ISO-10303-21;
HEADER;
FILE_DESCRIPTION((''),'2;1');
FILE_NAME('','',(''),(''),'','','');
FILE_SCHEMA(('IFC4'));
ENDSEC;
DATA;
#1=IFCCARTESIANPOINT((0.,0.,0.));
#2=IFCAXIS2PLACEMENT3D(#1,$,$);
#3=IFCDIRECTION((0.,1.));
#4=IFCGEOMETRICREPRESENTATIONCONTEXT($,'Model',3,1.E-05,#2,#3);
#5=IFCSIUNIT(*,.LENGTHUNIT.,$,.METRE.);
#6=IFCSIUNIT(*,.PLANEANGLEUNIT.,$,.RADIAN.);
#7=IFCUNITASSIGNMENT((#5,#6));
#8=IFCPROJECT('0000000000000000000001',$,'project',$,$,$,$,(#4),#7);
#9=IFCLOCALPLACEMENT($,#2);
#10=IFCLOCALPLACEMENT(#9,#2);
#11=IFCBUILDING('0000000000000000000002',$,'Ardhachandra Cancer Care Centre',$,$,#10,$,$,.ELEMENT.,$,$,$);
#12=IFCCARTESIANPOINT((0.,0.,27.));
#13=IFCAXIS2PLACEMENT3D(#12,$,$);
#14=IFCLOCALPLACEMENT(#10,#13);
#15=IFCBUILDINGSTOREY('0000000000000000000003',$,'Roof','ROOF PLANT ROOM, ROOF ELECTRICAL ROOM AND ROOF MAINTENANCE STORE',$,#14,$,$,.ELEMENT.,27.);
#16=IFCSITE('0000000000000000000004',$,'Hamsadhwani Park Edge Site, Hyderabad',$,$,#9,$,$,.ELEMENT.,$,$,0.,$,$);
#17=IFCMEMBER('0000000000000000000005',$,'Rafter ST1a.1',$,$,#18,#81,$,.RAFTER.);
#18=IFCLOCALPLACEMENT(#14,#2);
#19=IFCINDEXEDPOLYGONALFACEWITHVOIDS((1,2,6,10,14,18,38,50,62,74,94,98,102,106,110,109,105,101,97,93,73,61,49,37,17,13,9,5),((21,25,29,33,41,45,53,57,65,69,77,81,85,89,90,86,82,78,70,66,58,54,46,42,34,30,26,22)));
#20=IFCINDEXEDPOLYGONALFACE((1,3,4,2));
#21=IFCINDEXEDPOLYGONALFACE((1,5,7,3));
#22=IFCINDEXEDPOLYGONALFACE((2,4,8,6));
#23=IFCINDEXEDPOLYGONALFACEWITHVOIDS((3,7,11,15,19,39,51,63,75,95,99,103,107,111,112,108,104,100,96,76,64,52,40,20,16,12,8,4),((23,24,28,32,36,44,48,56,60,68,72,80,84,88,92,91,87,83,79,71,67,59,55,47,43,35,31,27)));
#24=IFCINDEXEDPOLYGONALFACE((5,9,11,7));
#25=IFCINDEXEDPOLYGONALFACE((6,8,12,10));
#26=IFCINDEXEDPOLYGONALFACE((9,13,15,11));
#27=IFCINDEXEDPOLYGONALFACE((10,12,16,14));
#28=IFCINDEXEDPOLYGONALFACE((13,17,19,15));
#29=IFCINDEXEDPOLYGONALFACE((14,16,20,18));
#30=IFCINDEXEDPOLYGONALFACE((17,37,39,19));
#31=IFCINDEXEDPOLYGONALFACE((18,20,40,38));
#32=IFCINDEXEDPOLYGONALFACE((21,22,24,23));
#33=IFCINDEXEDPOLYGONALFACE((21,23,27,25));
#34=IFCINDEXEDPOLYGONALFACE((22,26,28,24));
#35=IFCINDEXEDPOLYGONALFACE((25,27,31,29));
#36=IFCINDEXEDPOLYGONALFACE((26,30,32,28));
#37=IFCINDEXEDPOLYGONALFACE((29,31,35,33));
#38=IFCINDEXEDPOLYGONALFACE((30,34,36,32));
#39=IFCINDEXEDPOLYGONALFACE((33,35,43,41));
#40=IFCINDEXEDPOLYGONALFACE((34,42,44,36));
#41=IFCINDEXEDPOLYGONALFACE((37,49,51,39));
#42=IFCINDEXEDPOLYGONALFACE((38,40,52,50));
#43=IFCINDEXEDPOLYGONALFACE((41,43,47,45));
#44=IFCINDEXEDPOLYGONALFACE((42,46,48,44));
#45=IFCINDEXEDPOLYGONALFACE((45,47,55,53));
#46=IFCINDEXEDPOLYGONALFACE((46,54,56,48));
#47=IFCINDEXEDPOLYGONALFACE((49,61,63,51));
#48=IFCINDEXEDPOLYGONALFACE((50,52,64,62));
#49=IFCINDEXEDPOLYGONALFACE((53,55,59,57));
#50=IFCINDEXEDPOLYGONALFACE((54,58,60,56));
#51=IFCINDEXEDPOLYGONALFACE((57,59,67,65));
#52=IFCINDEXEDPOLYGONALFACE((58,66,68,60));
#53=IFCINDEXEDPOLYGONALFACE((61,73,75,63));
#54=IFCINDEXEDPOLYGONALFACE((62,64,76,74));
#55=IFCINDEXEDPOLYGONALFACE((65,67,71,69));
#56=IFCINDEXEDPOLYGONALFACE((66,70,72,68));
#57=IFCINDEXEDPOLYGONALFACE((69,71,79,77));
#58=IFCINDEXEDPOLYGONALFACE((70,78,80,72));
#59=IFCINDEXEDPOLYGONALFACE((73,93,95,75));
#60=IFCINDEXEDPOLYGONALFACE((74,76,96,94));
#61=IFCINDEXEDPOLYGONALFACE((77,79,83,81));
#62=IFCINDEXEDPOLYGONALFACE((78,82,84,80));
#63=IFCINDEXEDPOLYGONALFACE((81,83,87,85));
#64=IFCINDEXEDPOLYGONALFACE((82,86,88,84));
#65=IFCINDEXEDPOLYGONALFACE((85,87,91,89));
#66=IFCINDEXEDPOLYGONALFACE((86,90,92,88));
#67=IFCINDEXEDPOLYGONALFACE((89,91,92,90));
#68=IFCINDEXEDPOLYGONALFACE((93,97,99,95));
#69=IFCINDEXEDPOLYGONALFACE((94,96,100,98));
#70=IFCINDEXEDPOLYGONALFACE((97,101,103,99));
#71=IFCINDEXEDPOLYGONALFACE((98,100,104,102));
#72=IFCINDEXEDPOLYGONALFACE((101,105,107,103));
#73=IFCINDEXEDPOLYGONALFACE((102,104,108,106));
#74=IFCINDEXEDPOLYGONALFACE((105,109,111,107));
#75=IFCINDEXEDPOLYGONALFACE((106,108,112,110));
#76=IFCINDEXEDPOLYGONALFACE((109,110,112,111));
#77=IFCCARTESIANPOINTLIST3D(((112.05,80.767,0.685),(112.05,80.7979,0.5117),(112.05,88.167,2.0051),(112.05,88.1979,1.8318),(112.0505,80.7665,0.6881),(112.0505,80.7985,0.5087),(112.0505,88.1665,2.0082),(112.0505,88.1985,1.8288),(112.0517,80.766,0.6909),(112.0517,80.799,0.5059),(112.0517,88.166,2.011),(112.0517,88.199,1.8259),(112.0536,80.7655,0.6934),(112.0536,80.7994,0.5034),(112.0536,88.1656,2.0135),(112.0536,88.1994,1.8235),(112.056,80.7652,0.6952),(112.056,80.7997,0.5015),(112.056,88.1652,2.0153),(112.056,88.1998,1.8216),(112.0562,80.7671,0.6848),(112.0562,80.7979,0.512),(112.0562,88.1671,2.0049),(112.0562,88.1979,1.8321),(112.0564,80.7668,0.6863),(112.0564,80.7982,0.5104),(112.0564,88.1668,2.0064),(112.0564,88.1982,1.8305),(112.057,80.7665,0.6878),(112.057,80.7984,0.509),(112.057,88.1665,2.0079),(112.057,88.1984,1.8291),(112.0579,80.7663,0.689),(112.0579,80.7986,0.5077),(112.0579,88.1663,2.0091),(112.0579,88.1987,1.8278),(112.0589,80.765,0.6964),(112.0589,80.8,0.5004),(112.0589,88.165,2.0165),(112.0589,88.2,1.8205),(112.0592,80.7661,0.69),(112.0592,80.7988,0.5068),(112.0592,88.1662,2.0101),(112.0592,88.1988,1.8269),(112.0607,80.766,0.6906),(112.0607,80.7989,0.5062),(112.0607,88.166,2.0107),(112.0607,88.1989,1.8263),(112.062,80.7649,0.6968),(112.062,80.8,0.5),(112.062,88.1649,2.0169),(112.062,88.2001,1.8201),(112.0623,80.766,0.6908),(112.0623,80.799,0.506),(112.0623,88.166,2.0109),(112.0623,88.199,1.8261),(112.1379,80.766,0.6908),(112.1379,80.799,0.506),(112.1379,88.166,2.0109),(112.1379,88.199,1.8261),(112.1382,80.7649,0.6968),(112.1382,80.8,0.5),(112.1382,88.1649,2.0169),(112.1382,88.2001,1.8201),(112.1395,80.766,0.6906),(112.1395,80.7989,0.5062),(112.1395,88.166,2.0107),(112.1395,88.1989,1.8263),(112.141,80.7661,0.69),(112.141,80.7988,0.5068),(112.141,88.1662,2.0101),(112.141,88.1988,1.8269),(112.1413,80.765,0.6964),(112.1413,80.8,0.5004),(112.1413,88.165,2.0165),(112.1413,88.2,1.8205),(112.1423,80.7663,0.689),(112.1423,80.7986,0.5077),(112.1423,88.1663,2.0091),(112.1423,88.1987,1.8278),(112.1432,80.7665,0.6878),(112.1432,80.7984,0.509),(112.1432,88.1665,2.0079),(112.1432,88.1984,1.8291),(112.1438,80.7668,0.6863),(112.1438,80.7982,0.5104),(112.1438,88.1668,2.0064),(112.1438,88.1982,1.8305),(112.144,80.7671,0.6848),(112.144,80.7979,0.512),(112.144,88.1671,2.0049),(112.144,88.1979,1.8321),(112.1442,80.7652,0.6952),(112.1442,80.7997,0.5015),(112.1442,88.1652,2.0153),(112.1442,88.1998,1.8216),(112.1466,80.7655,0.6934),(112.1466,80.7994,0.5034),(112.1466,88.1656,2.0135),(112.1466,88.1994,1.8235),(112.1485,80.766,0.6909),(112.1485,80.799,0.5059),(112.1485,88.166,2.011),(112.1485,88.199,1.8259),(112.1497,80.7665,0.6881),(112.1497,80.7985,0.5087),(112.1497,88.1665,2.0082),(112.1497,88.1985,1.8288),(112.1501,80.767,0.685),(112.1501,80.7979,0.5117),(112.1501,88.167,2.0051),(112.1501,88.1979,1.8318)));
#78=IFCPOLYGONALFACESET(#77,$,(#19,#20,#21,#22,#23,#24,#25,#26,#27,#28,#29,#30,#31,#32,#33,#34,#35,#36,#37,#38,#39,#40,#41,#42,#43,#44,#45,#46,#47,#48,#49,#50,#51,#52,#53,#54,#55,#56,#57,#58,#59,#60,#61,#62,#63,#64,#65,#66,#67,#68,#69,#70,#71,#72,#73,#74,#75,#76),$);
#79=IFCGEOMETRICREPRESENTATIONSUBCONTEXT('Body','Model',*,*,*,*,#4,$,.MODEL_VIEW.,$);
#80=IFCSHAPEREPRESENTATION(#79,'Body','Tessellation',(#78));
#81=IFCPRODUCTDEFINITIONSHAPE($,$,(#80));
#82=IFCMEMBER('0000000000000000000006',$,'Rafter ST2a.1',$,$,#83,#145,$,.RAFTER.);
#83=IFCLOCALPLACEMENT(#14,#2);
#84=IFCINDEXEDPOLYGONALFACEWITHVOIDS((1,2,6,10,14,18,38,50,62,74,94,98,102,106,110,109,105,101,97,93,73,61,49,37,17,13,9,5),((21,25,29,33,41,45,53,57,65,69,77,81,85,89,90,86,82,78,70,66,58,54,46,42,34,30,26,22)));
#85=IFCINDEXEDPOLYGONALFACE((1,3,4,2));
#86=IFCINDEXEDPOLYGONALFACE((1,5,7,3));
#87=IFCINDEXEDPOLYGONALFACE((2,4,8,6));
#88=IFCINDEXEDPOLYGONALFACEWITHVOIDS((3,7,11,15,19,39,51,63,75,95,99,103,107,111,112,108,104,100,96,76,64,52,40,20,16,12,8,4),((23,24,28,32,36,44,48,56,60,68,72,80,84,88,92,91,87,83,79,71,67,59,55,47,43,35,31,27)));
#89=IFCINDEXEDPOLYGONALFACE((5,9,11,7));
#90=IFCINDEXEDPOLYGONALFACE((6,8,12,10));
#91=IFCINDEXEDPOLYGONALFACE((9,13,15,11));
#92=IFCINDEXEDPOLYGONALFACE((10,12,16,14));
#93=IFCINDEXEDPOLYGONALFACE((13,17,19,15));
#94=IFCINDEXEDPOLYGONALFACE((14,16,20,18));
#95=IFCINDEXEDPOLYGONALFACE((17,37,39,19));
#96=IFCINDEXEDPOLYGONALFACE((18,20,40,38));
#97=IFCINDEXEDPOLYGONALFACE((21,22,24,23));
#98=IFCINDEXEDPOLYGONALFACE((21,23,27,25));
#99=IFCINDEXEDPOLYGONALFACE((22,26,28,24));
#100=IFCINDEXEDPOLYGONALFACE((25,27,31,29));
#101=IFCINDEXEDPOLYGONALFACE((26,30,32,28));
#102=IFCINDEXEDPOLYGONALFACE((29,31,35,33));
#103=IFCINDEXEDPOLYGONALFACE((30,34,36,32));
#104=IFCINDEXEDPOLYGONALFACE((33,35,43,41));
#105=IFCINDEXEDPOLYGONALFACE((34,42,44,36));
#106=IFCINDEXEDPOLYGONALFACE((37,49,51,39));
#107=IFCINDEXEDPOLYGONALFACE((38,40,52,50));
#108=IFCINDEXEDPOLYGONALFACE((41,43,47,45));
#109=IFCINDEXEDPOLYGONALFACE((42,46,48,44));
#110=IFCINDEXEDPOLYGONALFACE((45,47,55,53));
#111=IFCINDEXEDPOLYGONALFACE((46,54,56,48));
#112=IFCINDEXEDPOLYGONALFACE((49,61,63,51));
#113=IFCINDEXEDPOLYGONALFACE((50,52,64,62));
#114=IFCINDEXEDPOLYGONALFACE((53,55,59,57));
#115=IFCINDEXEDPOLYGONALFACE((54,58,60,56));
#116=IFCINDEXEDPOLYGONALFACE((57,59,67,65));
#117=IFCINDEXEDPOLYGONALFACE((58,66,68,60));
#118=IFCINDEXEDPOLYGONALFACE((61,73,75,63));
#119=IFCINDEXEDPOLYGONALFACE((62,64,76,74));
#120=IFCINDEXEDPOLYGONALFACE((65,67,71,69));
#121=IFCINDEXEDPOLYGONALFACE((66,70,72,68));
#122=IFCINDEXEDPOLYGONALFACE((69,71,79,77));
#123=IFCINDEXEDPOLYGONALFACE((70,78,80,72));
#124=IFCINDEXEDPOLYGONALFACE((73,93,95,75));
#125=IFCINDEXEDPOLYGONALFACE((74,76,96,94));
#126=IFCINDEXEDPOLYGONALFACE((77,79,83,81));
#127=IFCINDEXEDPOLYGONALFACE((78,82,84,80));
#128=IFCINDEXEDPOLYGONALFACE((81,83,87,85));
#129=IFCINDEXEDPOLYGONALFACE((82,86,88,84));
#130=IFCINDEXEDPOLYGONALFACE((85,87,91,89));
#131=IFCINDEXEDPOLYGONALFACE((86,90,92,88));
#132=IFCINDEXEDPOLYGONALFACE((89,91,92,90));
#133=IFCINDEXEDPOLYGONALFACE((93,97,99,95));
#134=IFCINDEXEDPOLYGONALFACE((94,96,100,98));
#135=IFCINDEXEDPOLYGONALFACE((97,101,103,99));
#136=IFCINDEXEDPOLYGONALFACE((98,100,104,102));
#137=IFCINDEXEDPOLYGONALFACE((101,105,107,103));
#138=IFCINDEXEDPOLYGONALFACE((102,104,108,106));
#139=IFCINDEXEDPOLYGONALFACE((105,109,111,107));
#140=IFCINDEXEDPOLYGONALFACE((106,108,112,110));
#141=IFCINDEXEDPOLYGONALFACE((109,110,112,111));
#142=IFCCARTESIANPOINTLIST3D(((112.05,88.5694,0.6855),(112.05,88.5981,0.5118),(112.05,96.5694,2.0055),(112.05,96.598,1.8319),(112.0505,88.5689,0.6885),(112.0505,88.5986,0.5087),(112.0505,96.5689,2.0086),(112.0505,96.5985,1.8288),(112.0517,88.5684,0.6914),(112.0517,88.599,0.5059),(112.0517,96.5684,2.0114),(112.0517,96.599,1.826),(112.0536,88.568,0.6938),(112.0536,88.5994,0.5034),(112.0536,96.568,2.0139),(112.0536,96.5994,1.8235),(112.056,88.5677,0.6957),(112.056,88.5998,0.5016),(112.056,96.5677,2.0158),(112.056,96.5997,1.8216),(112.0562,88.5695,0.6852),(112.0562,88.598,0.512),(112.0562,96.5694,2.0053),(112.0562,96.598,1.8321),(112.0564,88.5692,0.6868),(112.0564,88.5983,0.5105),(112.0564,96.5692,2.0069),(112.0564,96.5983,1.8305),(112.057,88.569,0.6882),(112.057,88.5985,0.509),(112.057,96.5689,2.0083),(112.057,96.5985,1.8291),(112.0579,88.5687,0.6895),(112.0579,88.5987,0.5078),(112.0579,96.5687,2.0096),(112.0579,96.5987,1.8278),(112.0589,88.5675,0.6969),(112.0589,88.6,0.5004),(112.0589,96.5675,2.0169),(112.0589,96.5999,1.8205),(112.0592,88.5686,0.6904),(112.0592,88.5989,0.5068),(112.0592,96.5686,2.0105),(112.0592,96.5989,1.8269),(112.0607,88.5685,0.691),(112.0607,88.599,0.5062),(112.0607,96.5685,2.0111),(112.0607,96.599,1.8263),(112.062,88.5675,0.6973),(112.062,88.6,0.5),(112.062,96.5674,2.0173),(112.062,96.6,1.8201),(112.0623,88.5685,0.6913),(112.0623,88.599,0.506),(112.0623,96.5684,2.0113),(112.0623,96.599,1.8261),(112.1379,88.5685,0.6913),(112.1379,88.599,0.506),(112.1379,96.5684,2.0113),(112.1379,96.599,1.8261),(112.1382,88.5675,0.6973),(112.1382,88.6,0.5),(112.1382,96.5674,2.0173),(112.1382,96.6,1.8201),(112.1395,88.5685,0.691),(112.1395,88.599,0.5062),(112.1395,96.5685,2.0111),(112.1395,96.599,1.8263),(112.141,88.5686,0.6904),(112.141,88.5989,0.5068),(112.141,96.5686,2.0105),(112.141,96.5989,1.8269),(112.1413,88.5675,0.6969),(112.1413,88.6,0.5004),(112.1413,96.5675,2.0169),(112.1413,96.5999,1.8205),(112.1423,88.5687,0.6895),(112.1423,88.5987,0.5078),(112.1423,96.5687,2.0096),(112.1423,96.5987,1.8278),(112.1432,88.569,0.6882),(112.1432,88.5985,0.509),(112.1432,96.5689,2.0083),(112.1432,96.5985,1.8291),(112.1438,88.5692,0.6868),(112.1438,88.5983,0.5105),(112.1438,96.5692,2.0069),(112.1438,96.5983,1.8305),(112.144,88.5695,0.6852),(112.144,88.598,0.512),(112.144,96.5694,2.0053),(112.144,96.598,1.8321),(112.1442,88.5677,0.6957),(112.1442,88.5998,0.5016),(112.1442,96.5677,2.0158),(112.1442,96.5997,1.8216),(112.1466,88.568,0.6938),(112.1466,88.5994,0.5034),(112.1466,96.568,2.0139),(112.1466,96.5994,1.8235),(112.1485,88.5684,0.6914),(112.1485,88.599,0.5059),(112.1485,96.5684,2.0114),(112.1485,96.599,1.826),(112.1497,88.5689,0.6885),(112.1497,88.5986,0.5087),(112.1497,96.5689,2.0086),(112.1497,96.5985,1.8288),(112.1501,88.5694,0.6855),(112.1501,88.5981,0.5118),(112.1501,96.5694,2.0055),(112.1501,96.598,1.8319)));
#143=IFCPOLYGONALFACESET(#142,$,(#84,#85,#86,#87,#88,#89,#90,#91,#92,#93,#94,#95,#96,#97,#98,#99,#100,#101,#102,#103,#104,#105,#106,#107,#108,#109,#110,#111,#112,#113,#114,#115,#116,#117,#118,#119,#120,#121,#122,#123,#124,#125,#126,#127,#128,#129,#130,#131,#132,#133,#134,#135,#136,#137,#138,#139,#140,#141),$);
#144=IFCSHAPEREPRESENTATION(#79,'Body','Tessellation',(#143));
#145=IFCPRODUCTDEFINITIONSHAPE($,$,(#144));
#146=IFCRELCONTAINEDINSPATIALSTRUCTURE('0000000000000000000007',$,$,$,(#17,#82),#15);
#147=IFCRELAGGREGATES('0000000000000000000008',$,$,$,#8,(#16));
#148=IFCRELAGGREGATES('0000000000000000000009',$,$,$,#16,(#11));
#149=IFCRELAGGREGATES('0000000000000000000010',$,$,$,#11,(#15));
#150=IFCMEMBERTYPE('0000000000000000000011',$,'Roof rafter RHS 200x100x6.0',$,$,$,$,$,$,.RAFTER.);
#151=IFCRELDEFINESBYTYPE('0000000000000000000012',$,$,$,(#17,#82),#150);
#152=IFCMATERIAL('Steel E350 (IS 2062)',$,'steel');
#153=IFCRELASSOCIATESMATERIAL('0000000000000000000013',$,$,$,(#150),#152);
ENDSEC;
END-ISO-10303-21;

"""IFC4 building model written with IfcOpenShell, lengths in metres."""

from ifc_helpers import new_model, si_unit, direction, frame, origin, origin_2d, place, context, subcontext, project, spatial, hollow_rectangle, extrude, material, material_profile, profile_set, type_object, element, save


model = new_model("IFC4")

# Units and contexts
model_context = context("Model", 3, precision=1e-05, world=origin(), true_north=direction((0.0, 1.0)))
body_context = subcontext(model_context, "Body", "Model", "MODEL_VIEW")
ifc_project = project(units=[si_unit("LENGTHUNIT", "METRE"), si_unit("PLANEANGLEUNIT", "RADIAN")], contexts=[model_context])

# Site, building, storey
site_placement = place(None, origin())
site = spatial("IfcSite", under=ifc_project, at=site_placement, Name="Hamsadhwani Park Edge Site, Hyderabad", CompositionType="ELEMENT", RefElevation=0.0)
building_placement = place(site_placement, origin())
building = spatial("IfcBuilding", under=site, at=building_placement, Name="Ardhachandra Cancer Care Centre", CompositionType="ELEMENT")
storey_placement = place(building_placement, frame((0.0, 0.0, 27.0)))
storey = spatial("IfcBuildingStorey", under=building, at=storey_placement, Name="Roof", Description="ROOF PLANT ROOM, ROOF ELECTRICAL ROOM AND ROOF MAINTENANCE STORE", CompositionType="ELEMENT", Elevation=27.0)

# Members
ifc_material_1 = material(Name="Steel E350 (IS 2062)", Category="steel")
ifc_material_profile_1 = material_profile(ifc_material_1, hollow_rectangle(XDim=0.1001, YDim=0.2, WallThickness=0.0061, InnerFilletRadius=0.0061, OuterFilletRadius=0.012, at=origin_2d()), Name="RHS 200x100x6.0")
ifc_profile_set_1 = profile_set([ifc_material_profile_1], Name="Steel E350 (IS 2062)")
member_type_1 = type_object("IfcMemberType", Name="Roof rafter RHS 200x100x6.0", PredefinedType="RAFTER", material=ifc_profile_set_1)
member_1_placement = place(storey_placement, frame((112.1001, 80.7825, 0.5984), z_axis=(0.0, 0.984458, 0.175618), x_axis=(-1.0, 0.0, 0.0)))
element("IfcMember", 1, at=member_1_placement, inside=storey, type_object=member_type_1, Name="Rafter ST1a.1", PredefinedType="RAFTER", context=body_context, shape_type="SweptSolid", body=[
    extrude(hollow_rectangle(XDim=0.1001, YDim=0.2, WallThickness=0.0061, InnerFilletRadius=0.0061, OuterFilletRadius=0.012, at=origin_2d()), origin(), (0.0, 0.0, 1.0), 7.5168),
])
member_2_placement = place(storey_placement, frame((112.1001, 88.5837, 0.5986), z_axis=(0.0, 0.986658, 0.162807), x_axis=(-1.0, 0.0, 0.0)))
element("IfcMember", 2, at=member_2_placement, inside=storey, type_object=member_type_1, Name="Rafter ST2a.1", PredefinedType="RAFTER", context=body_context, shape_type="SweptSolid", body=[
    extrude(hollow_rectangle(XDim=0.1001, YDim=0.2, WallThickness=0.0061, InnerFilletRadius=0.0061, OuterFilletRadius=0.012, at=origin_2d()), origin(), (0.0, 0.0, 1.0), 8.1082),
])

save(model, "model.ifc")
